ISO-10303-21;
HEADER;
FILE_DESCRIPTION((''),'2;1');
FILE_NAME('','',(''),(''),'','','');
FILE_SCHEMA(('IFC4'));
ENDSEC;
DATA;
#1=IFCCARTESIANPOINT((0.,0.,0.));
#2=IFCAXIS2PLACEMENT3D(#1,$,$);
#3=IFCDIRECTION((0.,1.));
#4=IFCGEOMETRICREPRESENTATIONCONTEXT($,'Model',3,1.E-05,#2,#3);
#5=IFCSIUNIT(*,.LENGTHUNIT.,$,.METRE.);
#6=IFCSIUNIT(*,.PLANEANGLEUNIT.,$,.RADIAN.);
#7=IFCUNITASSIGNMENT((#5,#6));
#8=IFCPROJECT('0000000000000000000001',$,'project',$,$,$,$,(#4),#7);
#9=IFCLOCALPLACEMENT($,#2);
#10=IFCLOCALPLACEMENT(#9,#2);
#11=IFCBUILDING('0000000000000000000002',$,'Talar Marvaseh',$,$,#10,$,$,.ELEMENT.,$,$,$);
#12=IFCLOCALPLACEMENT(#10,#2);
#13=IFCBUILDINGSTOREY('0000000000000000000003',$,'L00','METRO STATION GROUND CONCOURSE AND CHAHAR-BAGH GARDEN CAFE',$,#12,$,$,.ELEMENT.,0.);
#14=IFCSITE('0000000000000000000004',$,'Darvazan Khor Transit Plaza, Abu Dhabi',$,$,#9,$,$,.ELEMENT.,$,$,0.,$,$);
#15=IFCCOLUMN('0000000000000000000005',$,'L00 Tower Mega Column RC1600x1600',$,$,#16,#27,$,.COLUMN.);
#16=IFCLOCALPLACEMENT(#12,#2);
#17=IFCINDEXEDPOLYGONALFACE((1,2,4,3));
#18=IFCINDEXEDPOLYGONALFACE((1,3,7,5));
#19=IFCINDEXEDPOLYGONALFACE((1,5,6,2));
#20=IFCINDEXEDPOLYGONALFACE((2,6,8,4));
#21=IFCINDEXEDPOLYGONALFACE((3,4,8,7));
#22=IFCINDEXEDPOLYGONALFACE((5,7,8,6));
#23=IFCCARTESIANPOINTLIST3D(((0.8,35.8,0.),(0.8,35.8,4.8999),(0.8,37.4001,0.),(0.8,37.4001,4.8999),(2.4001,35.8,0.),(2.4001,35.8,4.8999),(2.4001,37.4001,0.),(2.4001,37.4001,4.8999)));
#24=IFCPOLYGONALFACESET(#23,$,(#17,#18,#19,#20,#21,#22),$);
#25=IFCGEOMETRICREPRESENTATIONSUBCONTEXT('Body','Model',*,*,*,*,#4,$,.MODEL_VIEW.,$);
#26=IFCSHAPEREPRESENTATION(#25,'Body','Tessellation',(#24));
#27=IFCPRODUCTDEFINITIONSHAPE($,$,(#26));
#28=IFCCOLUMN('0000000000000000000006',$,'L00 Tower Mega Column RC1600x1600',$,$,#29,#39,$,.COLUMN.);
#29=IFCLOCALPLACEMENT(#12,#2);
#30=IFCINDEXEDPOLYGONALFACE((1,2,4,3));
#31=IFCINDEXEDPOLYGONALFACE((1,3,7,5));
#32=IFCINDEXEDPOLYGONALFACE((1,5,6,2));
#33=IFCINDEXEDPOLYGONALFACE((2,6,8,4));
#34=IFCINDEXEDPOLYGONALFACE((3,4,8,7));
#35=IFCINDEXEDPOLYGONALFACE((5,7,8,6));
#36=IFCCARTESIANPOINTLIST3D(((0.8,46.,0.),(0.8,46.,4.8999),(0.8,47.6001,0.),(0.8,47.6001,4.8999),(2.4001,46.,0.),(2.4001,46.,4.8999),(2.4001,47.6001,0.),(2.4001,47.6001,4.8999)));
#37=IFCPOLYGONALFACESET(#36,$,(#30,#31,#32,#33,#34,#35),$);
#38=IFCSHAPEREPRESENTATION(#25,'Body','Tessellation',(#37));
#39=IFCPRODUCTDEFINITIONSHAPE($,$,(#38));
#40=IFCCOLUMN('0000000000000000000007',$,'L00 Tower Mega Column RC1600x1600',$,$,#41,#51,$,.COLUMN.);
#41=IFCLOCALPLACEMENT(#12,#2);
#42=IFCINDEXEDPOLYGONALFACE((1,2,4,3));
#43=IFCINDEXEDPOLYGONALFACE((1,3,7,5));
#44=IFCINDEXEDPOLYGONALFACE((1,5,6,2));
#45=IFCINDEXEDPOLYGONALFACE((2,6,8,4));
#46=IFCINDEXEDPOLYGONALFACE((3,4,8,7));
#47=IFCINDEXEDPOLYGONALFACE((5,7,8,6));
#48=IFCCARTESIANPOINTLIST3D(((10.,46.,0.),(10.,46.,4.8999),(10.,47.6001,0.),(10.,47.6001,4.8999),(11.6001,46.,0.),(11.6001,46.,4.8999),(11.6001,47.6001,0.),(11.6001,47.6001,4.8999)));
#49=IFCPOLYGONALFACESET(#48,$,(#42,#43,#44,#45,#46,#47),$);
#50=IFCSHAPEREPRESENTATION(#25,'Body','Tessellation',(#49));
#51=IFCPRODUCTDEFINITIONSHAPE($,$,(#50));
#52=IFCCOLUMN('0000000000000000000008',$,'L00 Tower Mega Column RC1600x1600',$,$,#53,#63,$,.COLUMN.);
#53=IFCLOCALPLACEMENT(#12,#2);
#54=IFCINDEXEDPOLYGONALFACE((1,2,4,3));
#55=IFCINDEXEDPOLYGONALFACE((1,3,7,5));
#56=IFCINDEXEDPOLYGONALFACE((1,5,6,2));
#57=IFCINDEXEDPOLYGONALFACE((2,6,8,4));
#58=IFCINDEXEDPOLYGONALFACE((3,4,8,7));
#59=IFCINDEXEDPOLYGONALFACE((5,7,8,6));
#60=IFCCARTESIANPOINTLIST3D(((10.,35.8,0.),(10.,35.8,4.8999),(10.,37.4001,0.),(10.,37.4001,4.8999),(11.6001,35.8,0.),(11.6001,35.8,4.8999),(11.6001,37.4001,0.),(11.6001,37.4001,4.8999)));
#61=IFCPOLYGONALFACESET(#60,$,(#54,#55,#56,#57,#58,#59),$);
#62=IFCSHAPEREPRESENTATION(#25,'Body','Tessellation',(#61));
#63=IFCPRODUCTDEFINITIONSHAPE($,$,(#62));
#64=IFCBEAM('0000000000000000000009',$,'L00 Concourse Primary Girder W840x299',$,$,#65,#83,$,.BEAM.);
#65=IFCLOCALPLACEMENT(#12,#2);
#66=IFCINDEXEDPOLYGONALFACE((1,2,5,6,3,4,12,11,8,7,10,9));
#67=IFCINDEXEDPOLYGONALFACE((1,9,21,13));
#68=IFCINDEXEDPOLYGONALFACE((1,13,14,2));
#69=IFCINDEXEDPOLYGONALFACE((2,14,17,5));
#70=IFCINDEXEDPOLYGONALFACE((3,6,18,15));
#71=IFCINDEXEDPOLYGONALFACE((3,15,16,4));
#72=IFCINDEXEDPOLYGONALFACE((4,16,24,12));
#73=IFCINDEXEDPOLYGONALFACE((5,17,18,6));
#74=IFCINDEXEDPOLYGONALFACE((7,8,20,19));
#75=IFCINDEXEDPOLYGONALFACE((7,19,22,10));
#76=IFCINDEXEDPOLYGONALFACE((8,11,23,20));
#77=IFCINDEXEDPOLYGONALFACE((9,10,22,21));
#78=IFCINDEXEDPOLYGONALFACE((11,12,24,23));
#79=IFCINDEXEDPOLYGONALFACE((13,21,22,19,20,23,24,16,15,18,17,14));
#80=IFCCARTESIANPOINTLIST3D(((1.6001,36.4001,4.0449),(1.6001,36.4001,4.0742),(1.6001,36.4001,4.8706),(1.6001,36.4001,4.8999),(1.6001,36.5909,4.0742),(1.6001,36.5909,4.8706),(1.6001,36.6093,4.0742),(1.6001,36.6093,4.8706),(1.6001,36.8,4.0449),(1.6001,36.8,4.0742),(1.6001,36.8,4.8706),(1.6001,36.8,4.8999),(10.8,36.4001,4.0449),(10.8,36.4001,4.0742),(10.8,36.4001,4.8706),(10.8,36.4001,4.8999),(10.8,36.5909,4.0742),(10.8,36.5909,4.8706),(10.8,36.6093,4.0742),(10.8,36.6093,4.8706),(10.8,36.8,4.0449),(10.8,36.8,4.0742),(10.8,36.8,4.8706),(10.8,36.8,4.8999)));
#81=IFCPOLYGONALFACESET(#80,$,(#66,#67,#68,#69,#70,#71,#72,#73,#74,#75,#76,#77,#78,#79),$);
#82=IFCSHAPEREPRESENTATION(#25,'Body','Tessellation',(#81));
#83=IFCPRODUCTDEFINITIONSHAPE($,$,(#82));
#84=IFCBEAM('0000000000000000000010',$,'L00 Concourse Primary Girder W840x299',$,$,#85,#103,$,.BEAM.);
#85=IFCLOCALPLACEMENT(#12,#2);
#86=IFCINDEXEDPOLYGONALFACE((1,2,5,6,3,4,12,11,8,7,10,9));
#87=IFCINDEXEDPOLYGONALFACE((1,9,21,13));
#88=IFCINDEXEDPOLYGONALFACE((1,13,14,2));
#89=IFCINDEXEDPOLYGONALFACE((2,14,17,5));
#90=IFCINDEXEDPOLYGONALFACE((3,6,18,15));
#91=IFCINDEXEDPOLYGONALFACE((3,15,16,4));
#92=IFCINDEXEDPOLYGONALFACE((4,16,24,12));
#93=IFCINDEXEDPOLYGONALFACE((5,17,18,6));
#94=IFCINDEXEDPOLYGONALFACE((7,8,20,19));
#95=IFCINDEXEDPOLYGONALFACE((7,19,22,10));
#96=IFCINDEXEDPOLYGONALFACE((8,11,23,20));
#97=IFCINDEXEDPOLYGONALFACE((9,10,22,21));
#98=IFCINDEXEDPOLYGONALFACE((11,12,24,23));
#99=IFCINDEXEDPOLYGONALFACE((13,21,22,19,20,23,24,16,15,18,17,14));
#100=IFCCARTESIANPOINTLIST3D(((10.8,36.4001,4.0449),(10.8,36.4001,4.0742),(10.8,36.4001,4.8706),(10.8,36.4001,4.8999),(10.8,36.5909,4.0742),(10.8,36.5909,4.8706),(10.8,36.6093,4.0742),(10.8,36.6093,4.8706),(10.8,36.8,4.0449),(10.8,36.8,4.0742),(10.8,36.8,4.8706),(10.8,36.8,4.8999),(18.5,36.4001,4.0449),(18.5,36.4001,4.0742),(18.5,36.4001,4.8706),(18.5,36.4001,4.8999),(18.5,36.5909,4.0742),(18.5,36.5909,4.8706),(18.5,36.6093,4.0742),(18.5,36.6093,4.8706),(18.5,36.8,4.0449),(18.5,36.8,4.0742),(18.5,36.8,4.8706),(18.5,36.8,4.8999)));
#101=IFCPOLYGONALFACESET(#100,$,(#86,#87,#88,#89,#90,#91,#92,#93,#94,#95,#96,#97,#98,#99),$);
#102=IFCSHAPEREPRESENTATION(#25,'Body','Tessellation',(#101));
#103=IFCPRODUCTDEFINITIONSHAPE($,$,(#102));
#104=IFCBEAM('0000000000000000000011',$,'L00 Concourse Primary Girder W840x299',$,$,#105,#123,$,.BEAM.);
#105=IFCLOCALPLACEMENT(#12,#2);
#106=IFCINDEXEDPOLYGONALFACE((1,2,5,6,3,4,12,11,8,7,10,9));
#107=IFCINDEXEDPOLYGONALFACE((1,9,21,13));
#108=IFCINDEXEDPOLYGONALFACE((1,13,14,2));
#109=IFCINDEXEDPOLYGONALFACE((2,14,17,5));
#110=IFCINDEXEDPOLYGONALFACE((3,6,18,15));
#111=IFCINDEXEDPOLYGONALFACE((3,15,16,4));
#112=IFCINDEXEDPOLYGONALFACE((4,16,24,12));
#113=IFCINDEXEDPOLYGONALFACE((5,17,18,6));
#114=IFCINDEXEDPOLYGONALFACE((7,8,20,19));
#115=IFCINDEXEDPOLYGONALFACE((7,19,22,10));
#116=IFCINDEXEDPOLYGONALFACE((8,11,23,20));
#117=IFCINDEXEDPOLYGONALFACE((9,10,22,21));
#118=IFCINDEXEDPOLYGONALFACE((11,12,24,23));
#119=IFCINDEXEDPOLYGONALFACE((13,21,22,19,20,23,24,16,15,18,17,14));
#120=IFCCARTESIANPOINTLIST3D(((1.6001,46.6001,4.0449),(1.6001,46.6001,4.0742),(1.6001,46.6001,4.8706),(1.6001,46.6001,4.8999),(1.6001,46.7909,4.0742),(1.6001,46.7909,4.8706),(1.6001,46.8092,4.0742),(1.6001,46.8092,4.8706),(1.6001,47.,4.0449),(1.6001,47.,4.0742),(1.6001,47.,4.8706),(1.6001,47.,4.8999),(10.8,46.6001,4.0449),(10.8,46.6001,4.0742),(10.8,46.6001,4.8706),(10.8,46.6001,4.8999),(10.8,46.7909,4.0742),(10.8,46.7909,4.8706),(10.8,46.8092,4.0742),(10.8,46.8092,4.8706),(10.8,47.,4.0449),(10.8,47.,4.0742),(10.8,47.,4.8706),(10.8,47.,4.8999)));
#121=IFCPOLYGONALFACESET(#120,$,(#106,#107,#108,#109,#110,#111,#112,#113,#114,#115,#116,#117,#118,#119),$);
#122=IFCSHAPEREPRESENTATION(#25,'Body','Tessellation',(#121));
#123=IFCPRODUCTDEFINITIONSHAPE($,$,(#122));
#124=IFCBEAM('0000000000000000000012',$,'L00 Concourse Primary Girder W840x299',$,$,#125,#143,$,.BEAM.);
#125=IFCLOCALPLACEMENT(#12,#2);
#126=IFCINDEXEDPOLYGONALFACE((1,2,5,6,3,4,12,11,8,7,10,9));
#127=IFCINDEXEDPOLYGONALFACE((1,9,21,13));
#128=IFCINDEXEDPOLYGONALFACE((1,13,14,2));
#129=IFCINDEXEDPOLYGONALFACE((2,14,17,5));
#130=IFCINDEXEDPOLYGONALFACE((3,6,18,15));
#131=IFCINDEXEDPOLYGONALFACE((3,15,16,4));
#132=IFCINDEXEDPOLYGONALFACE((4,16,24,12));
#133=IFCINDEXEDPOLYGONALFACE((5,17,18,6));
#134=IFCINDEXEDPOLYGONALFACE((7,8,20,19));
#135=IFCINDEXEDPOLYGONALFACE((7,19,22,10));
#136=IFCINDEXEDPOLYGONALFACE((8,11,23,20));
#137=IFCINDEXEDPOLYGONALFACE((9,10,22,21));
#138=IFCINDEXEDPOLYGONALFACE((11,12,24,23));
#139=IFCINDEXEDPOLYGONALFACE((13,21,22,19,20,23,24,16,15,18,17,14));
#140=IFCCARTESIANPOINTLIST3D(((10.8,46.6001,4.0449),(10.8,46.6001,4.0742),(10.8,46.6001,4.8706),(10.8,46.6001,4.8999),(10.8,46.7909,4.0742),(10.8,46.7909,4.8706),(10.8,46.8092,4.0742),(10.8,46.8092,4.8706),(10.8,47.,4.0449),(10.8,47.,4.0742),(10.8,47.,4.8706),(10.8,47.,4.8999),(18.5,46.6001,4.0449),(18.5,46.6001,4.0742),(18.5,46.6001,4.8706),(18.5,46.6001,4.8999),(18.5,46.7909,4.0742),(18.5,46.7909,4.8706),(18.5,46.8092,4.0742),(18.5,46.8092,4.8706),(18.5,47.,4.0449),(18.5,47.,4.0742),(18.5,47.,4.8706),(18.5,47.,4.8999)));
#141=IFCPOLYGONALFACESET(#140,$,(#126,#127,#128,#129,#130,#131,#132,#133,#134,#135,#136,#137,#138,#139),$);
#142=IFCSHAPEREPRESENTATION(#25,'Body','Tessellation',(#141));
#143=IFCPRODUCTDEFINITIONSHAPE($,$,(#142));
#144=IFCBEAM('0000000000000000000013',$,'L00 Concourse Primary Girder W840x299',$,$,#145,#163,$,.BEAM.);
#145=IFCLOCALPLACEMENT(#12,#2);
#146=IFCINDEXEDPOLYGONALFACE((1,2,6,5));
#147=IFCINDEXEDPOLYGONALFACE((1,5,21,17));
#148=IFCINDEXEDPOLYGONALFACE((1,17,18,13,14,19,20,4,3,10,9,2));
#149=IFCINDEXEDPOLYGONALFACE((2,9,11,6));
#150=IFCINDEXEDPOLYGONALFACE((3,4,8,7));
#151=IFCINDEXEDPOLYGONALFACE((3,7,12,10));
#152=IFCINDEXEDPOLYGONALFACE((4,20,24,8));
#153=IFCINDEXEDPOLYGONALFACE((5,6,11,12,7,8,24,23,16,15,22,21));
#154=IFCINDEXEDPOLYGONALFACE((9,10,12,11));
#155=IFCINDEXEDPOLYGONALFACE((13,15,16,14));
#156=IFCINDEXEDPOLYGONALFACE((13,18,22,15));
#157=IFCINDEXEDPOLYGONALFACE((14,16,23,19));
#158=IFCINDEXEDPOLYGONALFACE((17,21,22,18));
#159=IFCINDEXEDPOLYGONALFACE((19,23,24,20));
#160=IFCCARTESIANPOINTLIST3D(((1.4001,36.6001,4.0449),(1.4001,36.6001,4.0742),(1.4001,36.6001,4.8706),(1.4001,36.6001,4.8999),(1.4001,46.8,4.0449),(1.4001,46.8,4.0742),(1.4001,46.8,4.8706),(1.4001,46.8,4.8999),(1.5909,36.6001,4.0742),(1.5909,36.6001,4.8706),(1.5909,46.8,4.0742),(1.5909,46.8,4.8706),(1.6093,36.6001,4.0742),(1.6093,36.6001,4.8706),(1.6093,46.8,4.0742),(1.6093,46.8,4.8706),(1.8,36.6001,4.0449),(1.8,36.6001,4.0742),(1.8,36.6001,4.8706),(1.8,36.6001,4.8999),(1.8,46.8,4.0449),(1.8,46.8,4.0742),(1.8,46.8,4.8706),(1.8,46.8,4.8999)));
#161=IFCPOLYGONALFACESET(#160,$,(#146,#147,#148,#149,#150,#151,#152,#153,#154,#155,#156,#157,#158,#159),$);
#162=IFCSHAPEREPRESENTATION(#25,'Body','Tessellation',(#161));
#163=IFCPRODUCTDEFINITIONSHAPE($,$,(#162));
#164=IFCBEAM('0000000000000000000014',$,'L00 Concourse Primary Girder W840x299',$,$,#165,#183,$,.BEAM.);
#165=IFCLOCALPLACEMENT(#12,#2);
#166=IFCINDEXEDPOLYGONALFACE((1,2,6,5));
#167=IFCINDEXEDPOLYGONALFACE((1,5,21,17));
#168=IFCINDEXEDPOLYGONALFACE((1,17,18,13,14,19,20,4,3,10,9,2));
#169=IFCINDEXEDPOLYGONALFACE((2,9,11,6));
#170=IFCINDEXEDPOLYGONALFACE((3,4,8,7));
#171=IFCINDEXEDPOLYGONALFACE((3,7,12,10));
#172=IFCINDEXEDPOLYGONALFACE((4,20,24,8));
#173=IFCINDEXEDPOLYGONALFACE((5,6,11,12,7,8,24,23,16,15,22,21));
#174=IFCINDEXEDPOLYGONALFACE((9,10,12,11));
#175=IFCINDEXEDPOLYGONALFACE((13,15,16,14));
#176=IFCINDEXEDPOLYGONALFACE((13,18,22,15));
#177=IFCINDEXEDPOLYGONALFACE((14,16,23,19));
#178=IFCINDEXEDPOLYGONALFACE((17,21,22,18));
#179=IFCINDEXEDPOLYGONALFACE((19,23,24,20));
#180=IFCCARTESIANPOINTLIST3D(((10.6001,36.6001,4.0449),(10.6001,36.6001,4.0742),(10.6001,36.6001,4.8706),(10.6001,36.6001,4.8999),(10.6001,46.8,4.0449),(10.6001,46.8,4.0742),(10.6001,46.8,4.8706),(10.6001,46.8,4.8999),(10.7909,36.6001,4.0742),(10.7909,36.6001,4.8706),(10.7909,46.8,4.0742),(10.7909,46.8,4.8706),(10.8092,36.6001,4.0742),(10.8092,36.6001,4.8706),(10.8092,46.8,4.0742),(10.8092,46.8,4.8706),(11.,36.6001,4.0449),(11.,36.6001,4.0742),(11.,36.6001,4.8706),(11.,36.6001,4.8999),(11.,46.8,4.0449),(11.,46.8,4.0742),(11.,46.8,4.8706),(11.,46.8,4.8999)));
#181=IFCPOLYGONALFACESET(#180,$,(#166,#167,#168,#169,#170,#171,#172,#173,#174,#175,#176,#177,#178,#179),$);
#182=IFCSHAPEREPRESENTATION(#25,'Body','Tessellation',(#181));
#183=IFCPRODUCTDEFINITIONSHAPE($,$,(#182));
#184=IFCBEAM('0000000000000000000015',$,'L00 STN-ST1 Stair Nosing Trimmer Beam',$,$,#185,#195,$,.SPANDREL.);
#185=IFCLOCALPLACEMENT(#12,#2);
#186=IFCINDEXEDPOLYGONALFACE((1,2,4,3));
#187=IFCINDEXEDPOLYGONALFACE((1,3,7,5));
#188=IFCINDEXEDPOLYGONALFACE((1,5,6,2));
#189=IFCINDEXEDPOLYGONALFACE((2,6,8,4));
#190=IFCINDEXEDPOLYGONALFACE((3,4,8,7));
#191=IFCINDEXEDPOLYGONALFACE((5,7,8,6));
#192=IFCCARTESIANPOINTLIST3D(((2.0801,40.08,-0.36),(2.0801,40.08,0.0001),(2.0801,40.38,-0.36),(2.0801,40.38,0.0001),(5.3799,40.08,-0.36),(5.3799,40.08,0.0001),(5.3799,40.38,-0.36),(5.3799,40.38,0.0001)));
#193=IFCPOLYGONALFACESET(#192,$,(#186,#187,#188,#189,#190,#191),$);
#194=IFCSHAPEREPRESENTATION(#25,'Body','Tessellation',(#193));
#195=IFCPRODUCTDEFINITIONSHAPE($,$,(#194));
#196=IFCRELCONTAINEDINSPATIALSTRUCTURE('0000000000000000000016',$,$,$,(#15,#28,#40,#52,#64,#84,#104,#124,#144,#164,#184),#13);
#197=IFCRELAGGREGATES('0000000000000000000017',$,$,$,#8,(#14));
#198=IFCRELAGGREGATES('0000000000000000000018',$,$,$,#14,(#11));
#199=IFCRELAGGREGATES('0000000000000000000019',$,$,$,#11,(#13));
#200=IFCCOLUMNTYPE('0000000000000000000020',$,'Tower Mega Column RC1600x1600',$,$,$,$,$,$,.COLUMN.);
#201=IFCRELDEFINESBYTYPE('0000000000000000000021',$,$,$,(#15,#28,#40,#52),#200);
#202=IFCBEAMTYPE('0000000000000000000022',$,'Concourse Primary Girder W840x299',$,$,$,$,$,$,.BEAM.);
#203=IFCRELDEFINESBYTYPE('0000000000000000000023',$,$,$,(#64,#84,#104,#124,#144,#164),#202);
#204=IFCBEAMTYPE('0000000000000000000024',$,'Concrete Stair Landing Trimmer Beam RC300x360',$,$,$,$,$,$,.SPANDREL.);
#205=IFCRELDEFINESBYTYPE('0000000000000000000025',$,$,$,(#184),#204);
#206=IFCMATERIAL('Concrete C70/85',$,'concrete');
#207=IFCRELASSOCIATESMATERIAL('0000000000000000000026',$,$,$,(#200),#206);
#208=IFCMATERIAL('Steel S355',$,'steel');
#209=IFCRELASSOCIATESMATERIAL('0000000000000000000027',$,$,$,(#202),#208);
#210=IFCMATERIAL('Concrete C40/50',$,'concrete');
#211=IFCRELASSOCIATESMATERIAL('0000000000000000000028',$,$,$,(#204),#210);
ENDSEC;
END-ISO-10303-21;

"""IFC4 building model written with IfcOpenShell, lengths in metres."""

from ifc_helpers import new_model, si_unit, direction, frame, origin, origin_2d, place, context, subcontext, project, spatial, rectangle, i_section, extrude, material, material_profile, profile_set, type_object, element, save


model = new_model("IFC4")

# Units and contexts
model_context = context("Model", 3, precision=1e-05, world=origin(), true_north=direction((0.0, 1.0)))
body_context = subcontext(model_context, "Body", "Model", "MODEL_VIEW")
ifc_project = project(units=[si_unit("LENGTHUNIT", "METRE"), si_unit("PLANEANGLEUNIT", "RADIAN")], contexts=[model_context])

# Site, building, storey
site_placement = place(None, origin())
site = spatial("IfcSite", under=ifc_project, at=site_placement, Name="Darvazan Khor Transit Plaza, Abu Dhabi", CompositionType="ELEMENT", RefElevation=0.0)
building_placement = place(site_placement, origin())
building = spatial("IfcBuilding", under=site, at=building_placement, Name="Talar Marvaseh", CompositionType="ELEMENT")
storey_placement = place(building_placement, origin())
storey = spatial("IfcBuildingStorey", under=building, at=storey_placement, Name="L00", Description="METRO STATION GROUND CONCOURSE AND CHAHAR-BAGH GARDEN CAFE", CompositionType="ELEMENT", Elevation=0.0)

# Columns
ifc_material_1 = material(Name="Concrete C70/85", Category="concrete")
ifc_material_profile_1 = material_profile(ifc_material_1, rectangle(XDim=1.6001, YDim=1.6001, at=origin_2d()), Name="RC1600x1600")
ifc_profile_set_1 = profile_set([ifc_material_profile_1], Name="Concrete C70/85")
column_type = type_object("IfcColumnType", Name="Tower Mega Column RC1600x1600", PredefinedType="COLUMN", material=ifc_profile_set_1)
for number, where, z_axis, x_axis, name in (
    (1, (1.6001, 36.6001, 0.0), (0.0, 0.0, 1.0), (1.0, 0.0, 0.0), "L00 Tower Mega Column RC1600x1600"),
    (2, (1.6001, 46.8, 0.0), (0.0, 0.0, 1.0), (1.0, 0.0, 0.0), "L00 Tower Mega Column RC1600x1600"),
    (3, (10.8, 46.8, 0.0), (0.0, 0.0, 1.0), (1.0, 0.0, 0.0), "L00 Tower Mega Column RC1600x1600"),
    (4, (10.8, 36.6001, 0.0), (0.0, 0.0, 1.0), (1.0, 0.0, 0.0), "L00 Tower Mega Column RC1600x1600"),
):
    element("IfcColumn", number, at=place(storey_placement, frame(where, z_axis=z_axis, x_axis=x_axis)), inside=storey, type_object=column_type, Name=name, PredefinedType="COLUMN", context=body_context, shape_type="SweptSolid", body=[
        extrude(rectangle(XDim=1.6001, YDim=1.6001, at=origin_2d()), origin(), (0.0, 0.0, 1.0), 4.8999),
    ])

# Beams
ifc_material_2 = material(Name="Steel S355", Category="steel")
ifc_material_profile_2 = material_profile(ifc_material_2, i_section(OverallWidth=0.3999, OverallDepth=0.855, WebThickness=0.0183, FlangeThickness=0.0293, at=origin_2d()), Name="W840x299")
ifc_profile_set_2 = profile_set([ifc_material_profile_2], Name="Steel S355")
beam_type_1 = type_object("IfcBeamType", Name="Concourse Primary Girder W840x299", PredefinedType="BEAM", material=ifc_profile_set_2)
beam_1_placement = place(storey_placement, frame((1.6001, 36.6001, 4.4724), z_axis=(1.0, 0.0, 0.0), x_axis=(0.0, 1.0, 0.0)))
element("IfcBeam", 5, at=beam_1_placement, inside=storey, type_object=beam_type_1, Name="L00 Concourse Primary Girder W840x299", PredefinedType="BEAM", context=body_context, shape_type="SweptSolid", body=[
    extrude(i_section(OverallWidth=0.3999, OverallDepth=0.855, WebThickness=0.0183, FlangeThickness=0.0293, at=origin_2d()), origin(), (0.0, 0.0, 1.0), 9.2),
])
beam_2_placement = place(storey_placement, frame((10.8, 36.6001, 4.4724), z_axis=(1.0, 0.0, 0.0), x_axis=(0.0, 1.0, 0.0)))
element("IfcBeam", 6, at=beam_2_placement, inside=storey, type_object=beam_type_1, Name="L00 Concourse Primary Girder W840x299", PredefinedType="BEAM", context=body_context, shape_type="SweptSolid", body=[
    extrude(i_section(OverallWidth=0.3999, OverallDepth=0.855, WebThickness=0.0183, FlangeThickness=0.0293, at=origin_2d()), origin(), (0.0, 0.0, 1.0), 7.7),
])
beam_3_placement = place(storey_placement, frame((1.6001, 46.8, 4.4724), z_axis=(1.0, 0.0, 0.0), x_axis=(0.0, 1.0, 0.0)))
element("IfcBeam", 7, at=beam_3_placement, inside=storey, type_object=beam_type_1, Name="L00 Concourse Primary Girder W840x299", PredefinedType="BEAM", context=body_context, shape_type="SweptSolid", body=[
    extrude(i_section(OverallWidth=0.3999, OverallDepth=0.855, WebThickness=0.0183, FlangeThickness=0.0293, at=origin_2d()), origin(), (0.0, 0.0, 1.0), 9.2),
])
beam_4_placement = place(storey_placement, frame((10.8, 46.8, 4.4724), z_axis=(1.0, 0.0, 0.0), x_axis=(0.0, 1.0, 0.0)))
element("IfcBeam", 8, at=beam_4_placement, inside=storey, type_object=beam_type_1, Name="L00 Concourse Primary Girder W840x299", PredefinedType="BEAM", context=body_context, shape_type="SweptSolid", body=[
    extrude(i_section(OverallWidth=0.3999, OverallDepth=0.855, WebThickness=0.0183, FlangeThickness=0.0293, at=origin_2d()), origin(), (0.0, 0.0, 1.0), 7.7),
])
for number, where, z_axis, x_axis, name in (
    (9, (1.6001, 36.6001, 4.4724), (0.0, 1.0, 0.0), (-1.0, 0.0, 0.0), "L00 Concourse Primary Girder W840x299"),
    (10, (10.8, 36.6001, 4.4724), (0.0, 1.0, 0.0), (-1.0, 0.0, 0.0), "L00 Concourse Primary Girder W840x299"),
):
    element("IfcBeam", number, at=place(storey_placement, frame(where, z_axis=z_axis, x_axis=x_axis)), inside=storey, type_object=beam_type_1, Name=name, PredefinedType="BEAM", context=body_context, shape_type="SweptSolid", body=[
        extrude(i_section(OverallWidth=0.3999, OverallDepth=0.855, WebThickness=0.0183, FlangeThickness=0.0293, at=origin_2d()), origin(), (0.0, 0.0, 1.0), 10.2),
    ])
ifc_material_3 = material(Name="Concrete C40/50", Category="concrete")
ifc_material_profile_3 = material_profile(ifc_material_3, rectangle(XDim=0.3, YDim=0.3601, at=origin_2d()), Name="RC300x360")
ifc_profile_set_3 = profile_set([ifc_material_profile_3], Name="Concrete C40/50")
beam_type_2 = type_object("IfcBeamType", Name="Concrete Stair Landing Trimmer Beam RC300x360", PredefinedType="SPANDREL", material=ifc_profile_set_3)
beam_5_placement = place(storey_placement, frame((5.3799, 40.23, -0.1799), z_axis=(-1.0, 0.0, 0.0), x_axis=(0.0, -1.0, 0.0)))
element("IfcBeam", 11, at=beam_5_placement, inside=storey, type_object=beam_type_2, Name="L00 STN-ST1 Stair Nosing Trimmer Beam", PredefinedType="SPANDREL", context=body_context, shape_type="SweptSolid", body=[
    extrude(rectangle(XDim=0.3, YDim=0.3601, at=origin_2d()), origin(), (0.0, 0.0, 1.0), 3.2998),
])

save(model, "model.ifc")
